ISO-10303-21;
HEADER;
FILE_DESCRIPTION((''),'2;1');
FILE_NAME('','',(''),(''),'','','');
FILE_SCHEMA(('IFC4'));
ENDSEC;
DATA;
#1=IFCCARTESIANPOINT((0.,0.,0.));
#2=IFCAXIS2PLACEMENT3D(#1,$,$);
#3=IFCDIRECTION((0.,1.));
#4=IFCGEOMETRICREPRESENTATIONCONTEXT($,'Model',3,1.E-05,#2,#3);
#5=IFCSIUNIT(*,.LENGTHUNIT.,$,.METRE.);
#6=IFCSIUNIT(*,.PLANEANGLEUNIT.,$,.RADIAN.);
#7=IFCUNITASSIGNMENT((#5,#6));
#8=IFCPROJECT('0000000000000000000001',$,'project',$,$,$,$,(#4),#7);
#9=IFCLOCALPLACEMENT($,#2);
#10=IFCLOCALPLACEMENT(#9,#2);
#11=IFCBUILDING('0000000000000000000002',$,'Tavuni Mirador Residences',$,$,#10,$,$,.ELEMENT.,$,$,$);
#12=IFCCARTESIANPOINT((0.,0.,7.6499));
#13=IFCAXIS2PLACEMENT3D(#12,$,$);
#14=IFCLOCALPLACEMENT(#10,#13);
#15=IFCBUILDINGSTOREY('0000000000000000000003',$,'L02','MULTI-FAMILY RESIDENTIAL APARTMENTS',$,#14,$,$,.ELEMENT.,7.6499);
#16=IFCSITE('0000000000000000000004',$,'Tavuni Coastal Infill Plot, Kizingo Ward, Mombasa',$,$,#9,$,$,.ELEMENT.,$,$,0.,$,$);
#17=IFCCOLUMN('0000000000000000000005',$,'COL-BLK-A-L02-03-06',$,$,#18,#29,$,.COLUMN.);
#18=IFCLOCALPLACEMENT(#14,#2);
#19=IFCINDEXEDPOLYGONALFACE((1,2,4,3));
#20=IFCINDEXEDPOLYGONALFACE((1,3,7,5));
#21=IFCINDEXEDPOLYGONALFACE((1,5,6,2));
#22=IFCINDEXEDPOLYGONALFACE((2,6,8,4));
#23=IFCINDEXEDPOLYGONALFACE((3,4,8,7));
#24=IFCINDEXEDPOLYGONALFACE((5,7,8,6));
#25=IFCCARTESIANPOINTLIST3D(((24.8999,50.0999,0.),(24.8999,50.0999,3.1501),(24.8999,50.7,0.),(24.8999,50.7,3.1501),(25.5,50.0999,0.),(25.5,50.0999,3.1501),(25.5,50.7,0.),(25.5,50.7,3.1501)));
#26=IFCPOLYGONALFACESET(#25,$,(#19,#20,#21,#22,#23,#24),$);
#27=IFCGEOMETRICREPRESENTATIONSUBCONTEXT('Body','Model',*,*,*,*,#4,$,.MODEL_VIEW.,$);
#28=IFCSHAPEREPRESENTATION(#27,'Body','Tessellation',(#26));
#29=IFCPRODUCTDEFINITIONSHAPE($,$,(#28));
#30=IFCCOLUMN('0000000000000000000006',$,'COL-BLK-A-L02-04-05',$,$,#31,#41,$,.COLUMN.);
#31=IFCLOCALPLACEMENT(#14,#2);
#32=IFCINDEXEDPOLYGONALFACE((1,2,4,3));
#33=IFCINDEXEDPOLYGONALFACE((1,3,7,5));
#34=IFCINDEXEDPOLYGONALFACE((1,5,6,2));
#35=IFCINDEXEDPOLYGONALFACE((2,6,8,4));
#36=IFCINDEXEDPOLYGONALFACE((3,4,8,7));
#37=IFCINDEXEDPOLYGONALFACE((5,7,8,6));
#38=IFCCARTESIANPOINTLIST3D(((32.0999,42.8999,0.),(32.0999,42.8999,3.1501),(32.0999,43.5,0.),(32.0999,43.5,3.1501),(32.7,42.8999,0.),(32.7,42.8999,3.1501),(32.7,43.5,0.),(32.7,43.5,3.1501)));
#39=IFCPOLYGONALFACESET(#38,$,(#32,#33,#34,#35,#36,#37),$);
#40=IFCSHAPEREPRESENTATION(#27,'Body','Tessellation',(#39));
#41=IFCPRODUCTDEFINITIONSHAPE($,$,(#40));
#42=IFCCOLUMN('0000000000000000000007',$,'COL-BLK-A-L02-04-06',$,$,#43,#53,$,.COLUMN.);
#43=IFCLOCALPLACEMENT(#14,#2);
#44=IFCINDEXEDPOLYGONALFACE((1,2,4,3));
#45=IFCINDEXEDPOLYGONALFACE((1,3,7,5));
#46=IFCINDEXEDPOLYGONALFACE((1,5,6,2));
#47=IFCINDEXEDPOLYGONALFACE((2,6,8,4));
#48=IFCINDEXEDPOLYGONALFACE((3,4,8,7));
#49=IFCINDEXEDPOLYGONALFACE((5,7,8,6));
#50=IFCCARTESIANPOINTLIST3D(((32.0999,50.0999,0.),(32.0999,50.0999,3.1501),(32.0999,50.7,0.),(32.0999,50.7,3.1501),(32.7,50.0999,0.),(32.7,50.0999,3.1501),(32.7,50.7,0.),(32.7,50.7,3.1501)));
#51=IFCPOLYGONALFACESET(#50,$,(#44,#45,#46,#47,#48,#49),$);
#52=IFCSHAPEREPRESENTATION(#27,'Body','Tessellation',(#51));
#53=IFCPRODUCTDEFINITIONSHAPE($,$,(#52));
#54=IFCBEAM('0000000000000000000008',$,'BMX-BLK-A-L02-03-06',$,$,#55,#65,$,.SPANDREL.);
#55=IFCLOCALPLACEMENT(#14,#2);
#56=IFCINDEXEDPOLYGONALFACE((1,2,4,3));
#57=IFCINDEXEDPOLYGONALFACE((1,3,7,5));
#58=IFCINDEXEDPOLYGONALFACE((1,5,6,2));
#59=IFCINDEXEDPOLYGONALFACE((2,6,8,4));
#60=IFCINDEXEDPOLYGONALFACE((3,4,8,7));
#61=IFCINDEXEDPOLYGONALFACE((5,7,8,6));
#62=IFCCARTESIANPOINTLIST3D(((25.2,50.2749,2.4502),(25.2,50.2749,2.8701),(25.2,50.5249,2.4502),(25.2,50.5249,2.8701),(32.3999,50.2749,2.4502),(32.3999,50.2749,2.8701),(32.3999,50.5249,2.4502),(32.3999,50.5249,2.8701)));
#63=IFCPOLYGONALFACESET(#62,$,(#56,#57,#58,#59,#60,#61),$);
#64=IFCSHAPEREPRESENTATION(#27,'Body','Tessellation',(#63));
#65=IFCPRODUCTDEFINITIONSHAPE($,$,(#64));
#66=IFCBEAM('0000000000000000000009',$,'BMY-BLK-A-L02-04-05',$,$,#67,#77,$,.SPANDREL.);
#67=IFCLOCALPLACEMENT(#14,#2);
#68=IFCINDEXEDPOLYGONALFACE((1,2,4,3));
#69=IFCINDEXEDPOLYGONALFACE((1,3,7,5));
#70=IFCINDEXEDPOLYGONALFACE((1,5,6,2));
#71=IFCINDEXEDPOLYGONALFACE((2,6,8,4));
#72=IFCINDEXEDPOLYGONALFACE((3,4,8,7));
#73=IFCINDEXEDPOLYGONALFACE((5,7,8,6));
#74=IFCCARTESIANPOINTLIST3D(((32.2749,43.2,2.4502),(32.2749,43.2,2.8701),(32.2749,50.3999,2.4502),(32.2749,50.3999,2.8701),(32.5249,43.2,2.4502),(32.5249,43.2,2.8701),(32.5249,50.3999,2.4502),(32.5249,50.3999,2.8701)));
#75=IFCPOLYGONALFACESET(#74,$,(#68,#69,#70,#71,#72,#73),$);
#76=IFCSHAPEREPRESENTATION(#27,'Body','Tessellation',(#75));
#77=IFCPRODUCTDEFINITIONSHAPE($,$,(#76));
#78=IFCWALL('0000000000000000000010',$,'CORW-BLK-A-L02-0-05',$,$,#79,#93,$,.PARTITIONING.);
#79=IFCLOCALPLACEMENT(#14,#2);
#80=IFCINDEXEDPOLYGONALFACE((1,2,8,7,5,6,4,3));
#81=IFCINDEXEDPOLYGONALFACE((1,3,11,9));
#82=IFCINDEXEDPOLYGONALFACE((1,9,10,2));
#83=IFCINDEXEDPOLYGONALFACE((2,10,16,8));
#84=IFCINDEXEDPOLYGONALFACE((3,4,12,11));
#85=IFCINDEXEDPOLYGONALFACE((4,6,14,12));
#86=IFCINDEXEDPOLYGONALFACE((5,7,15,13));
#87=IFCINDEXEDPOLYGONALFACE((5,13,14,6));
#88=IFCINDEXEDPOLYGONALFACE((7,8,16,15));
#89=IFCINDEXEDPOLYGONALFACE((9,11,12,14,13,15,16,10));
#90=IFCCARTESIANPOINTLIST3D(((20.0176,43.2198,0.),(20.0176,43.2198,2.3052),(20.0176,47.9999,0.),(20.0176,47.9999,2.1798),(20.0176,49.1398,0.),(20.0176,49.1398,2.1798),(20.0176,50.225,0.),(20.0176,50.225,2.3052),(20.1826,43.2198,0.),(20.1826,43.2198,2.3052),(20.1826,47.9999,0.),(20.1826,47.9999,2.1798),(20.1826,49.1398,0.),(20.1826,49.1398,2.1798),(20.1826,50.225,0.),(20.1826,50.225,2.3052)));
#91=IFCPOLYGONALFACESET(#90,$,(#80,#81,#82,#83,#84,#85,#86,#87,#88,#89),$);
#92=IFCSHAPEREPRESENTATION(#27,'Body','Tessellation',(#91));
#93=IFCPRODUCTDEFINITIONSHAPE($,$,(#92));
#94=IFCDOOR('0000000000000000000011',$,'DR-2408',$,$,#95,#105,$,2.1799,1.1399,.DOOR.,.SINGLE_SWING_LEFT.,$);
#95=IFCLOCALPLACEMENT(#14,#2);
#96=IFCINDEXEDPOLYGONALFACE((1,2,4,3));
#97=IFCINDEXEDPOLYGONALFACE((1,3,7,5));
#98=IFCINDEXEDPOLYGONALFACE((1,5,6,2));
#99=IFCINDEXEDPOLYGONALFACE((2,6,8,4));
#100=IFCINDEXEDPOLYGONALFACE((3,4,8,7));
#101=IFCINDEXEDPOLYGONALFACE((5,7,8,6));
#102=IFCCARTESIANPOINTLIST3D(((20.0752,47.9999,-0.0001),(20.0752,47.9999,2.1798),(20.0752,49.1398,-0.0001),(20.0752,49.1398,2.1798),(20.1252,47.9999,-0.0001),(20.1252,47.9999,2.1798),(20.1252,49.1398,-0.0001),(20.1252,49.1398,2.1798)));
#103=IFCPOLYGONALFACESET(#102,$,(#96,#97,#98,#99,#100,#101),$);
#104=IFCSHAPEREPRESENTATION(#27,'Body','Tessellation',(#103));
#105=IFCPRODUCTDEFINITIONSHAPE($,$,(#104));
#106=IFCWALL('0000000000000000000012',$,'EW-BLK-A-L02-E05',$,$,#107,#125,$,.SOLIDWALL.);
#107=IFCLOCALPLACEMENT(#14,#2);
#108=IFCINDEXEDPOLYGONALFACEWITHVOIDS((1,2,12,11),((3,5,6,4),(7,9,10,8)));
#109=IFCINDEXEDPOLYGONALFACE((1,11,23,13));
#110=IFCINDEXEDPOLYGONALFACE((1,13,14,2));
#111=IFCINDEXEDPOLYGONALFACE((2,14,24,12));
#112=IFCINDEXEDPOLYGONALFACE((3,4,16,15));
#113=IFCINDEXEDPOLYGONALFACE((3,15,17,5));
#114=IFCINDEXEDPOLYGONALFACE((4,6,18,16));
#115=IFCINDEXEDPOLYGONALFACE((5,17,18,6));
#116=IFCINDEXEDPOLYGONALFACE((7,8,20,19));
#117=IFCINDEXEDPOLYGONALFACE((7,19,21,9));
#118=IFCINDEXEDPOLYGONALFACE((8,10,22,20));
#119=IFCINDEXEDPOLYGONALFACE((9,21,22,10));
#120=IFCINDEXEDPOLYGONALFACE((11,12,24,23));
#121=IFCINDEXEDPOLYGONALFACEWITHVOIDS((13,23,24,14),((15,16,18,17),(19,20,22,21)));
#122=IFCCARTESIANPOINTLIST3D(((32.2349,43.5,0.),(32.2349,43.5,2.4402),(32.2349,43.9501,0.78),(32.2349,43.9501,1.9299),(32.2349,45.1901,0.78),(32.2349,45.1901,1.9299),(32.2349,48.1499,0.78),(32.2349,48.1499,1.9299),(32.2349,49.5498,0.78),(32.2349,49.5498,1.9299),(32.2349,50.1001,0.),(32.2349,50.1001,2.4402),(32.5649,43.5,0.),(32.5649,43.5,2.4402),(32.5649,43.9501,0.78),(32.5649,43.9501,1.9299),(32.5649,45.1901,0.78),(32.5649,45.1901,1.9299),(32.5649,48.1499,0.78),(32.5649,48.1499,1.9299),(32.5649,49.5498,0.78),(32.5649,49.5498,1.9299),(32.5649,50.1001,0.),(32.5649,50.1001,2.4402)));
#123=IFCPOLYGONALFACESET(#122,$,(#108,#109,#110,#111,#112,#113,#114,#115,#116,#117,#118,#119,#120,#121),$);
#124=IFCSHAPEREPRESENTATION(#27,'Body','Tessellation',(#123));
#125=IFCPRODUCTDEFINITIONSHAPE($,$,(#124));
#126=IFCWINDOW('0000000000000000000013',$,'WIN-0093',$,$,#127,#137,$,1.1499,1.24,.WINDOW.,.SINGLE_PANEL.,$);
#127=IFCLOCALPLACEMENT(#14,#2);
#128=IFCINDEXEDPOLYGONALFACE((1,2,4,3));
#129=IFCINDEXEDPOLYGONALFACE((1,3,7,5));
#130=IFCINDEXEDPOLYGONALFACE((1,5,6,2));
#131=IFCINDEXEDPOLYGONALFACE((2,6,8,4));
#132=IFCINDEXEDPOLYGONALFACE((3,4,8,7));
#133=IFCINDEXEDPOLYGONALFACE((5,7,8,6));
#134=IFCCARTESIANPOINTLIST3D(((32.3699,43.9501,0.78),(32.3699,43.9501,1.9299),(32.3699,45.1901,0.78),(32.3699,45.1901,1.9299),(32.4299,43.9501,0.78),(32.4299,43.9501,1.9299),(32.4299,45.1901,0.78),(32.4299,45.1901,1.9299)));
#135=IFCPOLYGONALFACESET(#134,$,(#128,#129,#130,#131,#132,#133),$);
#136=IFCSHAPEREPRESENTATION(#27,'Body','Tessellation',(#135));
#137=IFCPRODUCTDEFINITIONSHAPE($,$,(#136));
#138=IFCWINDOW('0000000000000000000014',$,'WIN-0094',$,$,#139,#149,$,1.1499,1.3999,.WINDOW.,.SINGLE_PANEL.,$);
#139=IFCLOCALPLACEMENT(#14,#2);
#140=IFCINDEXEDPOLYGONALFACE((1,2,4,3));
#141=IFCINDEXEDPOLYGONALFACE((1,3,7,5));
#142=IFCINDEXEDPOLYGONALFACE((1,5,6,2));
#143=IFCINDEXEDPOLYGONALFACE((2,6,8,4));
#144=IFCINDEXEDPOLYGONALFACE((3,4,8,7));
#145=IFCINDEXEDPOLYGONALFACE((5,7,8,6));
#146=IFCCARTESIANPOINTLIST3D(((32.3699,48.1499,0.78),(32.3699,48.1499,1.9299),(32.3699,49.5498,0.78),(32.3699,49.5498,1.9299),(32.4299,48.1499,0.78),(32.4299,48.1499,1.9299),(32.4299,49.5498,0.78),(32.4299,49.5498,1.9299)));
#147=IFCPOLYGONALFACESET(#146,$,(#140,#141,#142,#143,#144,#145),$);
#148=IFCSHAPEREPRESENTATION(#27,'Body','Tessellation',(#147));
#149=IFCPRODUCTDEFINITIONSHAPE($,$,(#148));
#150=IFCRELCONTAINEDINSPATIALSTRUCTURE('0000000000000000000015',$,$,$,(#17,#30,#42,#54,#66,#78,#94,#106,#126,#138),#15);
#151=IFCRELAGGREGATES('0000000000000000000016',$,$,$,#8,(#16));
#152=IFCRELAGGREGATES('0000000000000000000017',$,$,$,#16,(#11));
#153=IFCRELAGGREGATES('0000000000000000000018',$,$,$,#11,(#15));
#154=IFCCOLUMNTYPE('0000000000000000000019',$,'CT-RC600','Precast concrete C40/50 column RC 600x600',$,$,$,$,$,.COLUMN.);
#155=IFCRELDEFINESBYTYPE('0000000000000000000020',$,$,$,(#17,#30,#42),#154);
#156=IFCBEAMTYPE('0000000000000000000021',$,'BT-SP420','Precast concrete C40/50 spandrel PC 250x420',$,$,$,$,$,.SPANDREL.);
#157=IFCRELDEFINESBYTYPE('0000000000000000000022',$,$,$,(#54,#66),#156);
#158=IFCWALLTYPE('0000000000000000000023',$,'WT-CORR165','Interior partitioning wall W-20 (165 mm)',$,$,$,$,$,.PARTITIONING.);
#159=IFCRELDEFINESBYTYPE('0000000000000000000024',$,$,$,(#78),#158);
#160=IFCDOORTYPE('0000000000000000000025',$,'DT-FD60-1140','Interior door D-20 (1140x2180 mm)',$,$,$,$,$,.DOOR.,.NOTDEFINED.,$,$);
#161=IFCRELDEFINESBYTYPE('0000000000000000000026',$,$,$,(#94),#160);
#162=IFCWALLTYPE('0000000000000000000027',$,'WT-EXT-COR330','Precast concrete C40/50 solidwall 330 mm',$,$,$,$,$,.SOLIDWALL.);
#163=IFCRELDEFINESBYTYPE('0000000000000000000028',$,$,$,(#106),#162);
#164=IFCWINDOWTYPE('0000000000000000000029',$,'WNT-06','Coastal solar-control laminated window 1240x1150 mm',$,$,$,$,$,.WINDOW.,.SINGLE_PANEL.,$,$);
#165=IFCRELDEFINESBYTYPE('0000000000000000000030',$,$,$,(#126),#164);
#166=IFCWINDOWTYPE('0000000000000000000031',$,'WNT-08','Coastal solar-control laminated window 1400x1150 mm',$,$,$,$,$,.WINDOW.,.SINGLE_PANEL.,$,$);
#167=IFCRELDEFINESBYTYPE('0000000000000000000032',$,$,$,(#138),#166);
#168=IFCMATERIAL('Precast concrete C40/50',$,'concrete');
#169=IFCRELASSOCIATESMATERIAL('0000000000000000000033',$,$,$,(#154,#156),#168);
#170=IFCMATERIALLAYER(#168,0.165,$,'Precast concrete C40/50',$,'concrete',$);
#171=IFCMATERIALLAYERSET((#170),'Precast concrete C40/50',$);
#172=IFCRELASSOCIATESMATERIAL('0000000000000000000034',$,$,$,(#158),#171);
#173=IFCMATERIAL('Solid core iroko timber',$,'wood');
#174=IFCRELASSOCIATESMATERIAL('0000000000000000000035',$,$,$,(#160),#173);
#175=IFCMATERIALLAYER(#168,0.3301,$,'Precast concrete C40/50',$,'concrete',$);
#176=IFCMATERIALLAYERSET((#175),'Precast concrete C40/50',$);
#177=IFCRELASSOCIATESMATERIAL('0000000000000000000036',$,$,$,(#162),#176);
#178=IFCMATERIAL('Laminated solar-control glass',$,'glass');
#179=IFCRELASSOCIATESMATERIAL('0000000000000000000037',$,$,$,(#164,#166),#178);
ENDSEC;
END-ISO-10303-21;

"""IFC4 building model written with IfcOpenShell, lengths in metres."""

from ifc_helpers import new_model, si_unit, direction, frame, frame_2d, origin, origin_2d, place, context, subcontext, project, spatial, rectangle, extrude, material, layer, layer_set, material_profile, profile_set, type_object, element, fill, save


model = new_model("IFC4")

# Units and contexts
model_context = context("Model", 3, precision=1e-05, world=origin(), true_north=direction((0.0, 1.0)))
body_context = subcontext(model_context, "Body", "Model", "MODEL_VIEW")
ifc_project = project(units=[si_unit("LENGTHUNIT", "METRE"), si_unit("PLANEANGLEUNIT", "RADIAN")], contexts=[model_context])

# Site, building, storey
site_placement = place(None, origin())
site = spatial("IfcSite", under=ifc_project, at=site_placement, Name="Tavuni Coastal Infill Plot, Kizingo Ward, Mombasa", CompositionType="ELEMENT", RefElevation=0.0)
building_placement = place(site_placement, origin())
building = spatial("IfcBuilding", under=site, at=building_placement, Name="Tavuni Mirador Residences", CompositionType="ELEMENT")
storey_placement = place(building_placement, frame((0.0, 0.0, 7.6499)))
storey = spatial("IfcBuildingStorey", under=building, at=storey_placement, Name="L02", Description="MULTI-FAMILY RESIDENTIAL APARTMENTS", CompositionType="ELEMENT", Elevation=7.6499)

# Columns
ifc_material_1 = material(Name="Precast concrete C40/50", Category="concrete")
ifc_material_profile_1 = material_profile(ifc_material_1, rectangle(XDim=0.6001, YDim=0.6001, at=origin_2d()), Name="RC 600x600", Category="concrete")
ifc_profile_set_1 = profile_set([ifc_material_profile_1], Name="Precast concrete C40/50")
column_type = type_object("IfcColumnType", Name="CT-RC600", Description="Precast concrete C40/50 column RC 600x600", PredefinedType="COLUMN", material=ifc_profile_set_1)
for number, where, z_axis, x_axis, name in (
    (1, (25.2, 50.3999, 0.0), (0.0, 0.0, 1.0), (1.0, 0.0, 0.0), "COL-BLK-A-L02-03-06"),
    (2, (32.3999, 43.2, 0.0), (0.0, 0.0, 1.0), (1.0, 0.0, 0.0), "COL-BLK-A-L02-04-05"),
    (3, (32.3999, 50.3999, 0.0), (0.0, 0.0, 1.0), (1.0, 0.0, 0.0), "COL-BLK-A-L02-04-06"),
):
    element("IfcColumn", number, at=place(storey_placement, frame(where, z_axis=z_axis, x_axis=x_axis)), inside=storey, type_object=column_type, Name=name, PredefinedType="COLUMN", context=body_context, shape_type="SweptSolid", body=[
        extrude(rectangle(XDim=0.6001, YDim=0.6001, at=origin_2d()), origin(), (0.0, 0.0, 1.0), 3.1501),
    ])

# Beams
ifc_material_profile_2 = material_profile(ifc_material_1, rectangle(XDim=0.25, YDim=0.4199, at=origin_2d()), Name="PC 250x420", Category="concrete")
ifc_profile_set_2 = profile_set([ifc_material_profile_2], Name="Precast concrete C40/50")
beam_type = type_object("IfcBeamType", Name="BT-SP420", Description="Precast concrete C40/50 spandrel PC 250x420", PredefinedType="SPANDREL", material=ifc_profile_set_2)
for number, where, z_axis, x_axis, name in (
    (4, (25.2, 50.3999, 2.6602), (1.0, 0.0, 0.0), (0.0, 1.0, 0.0), "BMX-BLK-A-L02-03-06"),
    (5, (32.3999, 43.2, 2.6602), (0.0, 1.0, 0.0), (-1.0, 0.0, 0.0), "BMY-BLK-A-L02-04-05"),
):
    element("IfcBeam", number, at=place(storey_placement, frame(where, z_axis=z_axis, x_axis=x_axis)), inside=storey, type_object=beam_type, Name=name, PredefinedType="SPANDREL", context=body_context, shape_type="SweptSolid", body=[
        extrude(rectangle(XDim=0.25, YDim=0.4199, at=origin_2d()), origin(), (0.0, 0.0, 1.0), 7.2),
    ])

# Wall, opening, door
ifc_layer_1 = layer(ifc_material_1, 0.165, Name="Precast concrete C40/50", Category="concrete")
ifc_layer_set_1 = layer_set([ifc_layer_1], Name="Precast concrete C40/50")
wall_type_1 = type_object("IfcWallType", Name="WT-CORR165", Description="Interior partitioning wall W-20 (165 mm)", PredefinedType="PARTITIONING", material=ifc_layer_set_1)
wall_1_placement = place(storey_placement, frame((20.1001, 43.22, 0.0), z_axis=(0.0, 0.0, 1.0), x_axis=(0.0, 1.0, 0.0)))
wall_1 = element("IfcWall", 6, at=wall_1_placement, inside=storey, type_object=wall_type_1, Name="CORW-BLK-A-L02-0-05", PredefinedType="PARTITIONING", context=body_context, shape_type="SweptSolid", body=[
    extrude(rectangle(XDim=7.0051, YDim=0.165, at=frame_2d((3.5024, 0.0))), origin(), (0.0, 0.0, 1.0), 2.3052),
])
opening_1_placement = place(wall_1_placement, frame((4.78, 0.0, 0.0)))
opening_1 = element("IfcOpeningElement", 7, at=opening_1_placement, cuts=wall_1, PredefinedType="OPENING", context=body_context, shape_type="SweptSolid", body=[
    extrude(rectangle(XDim=1.1399, YDim=2.1799, at=frame_2d((0.5698, 1.0898))), frame((0.0, 0.0925, 0.0), z_axis=(0.0, -1.0, 0.0), x_axis=(1.0, 0.0, 0.0)), (0.0, 0.0, 1.0), 0.1851),
])
ifc_material_2 = material(Name="Solid core iroko timber", Category="wood")
door_type_1 = type_object("IfcDoorType", Name="DT-FD60-1140", Description="Interior door D-20 (1140x2180 mm)", OperationType="NOTDEFINED", PredefinedType="DOOR", material=ifc_material_2)
door_1_placement = place(opening_1_placement, origin())
door_1 = element("IfcDoor", 8, at=door_1_placement, inside=storey, type_object=door_type_1, Name="DR-2408", OperationType="SINGLE_SWING_LEFT", OverallHeight=2.1799, OverallWidth=1.1399, PredefinedType="DOOR", context=body_context, shape_type="SweptSolid", body=[
    extrude(rectangle(XDim=1.1399, YDim=2.1799, at=frame_2d((0.5698, 1.0898))), frame((0.0, 0.0249, 0.0), z_axis=(0.0, -1.0, 0.0), x_axis=(1.0, 0.0, 0.0)), (0.0, 0.0, 1.0), 0.05),
])
fill(opening_1, door_1)

# Wall, openings, windows
ifc_layer_2 = layer(ifc_material_1, 0.3301, Name="Precast concrete C40/50", Category="concrete")
ifc_layer_set_2 = layer_set([ifc_layer_2], Name="Precast concrete C40/50")
wall_type_2 = type_object("IfcWallType", Name="WT-EXT-COR330", Description="Precast concrete C40/50 solidwall 330 mm", PredefinedType="SOLIDWALL", material=ifc_layer_set_2)
wall_2_placement = place(storey_placement, frame((32.3999, 43.5, 0.0), z_axis=(0.0, 0.0, 1.0), x_axis=(0.0, 1.0, 0.0)))
wall_2 = element("IfcWall", 9, at=wall_2_placement, inside=storey, type_object=wall_type_2, Name="EW-BLK-A-L02-E05", PredefinedType="SOLIDWALL", context=body_context, shape_type="SweptSolid", body=[
    extrude(rectangle(XDim=6.6001, YDim=0.3301, at=frame_2d((3.3, 0.0))), origin(), (0.0, 0.0, 1.0), 2.4402),
])
opening_2_placement = place(wall_2_placement, frame((0.45, 0.0, 0.78)))
opening_2 = element("IfcOpeningElement", 10, at=opening_2_placement, cuts=wall_2, PredefinedType="OPENING", context=body_context, shape_type="SweptSolid", body=[
    extrude(rectangle(XDim=1.24, YDim=1.1499, at=frame_2d((0.6201, 0.575))), frame((0.0, 0.175, 0.0), z_axis=(0.0, -1.0, 0.0), x_axis=(1.0, 0.0, 0.0)), (0.0, 0.0, 1.0), 0.3501),
])
opening_3_placement = place(wall_2_placement, frame((4.6499, 0.0, 0.78)))
opening_3 = element("IfcOpeningElement", 11, at=opening_3_placement, cuts=wall_2, PredefinedType="OPENING", context=body_context, shape_type="SweptSolid", body=[
    extrude(rectangle(XDim=1.3999, YDim=1.1499, at=frame_2d((0.7, 0.575))), frame((0.0, 0.175, 0.0), z_axis=(0.0, -1.0, 0.0), x_axis=(1.0, 0.0, 0.0)), (0.0, 0.0, 1.0), 0.3501),
])
ifc_material_3 = material(Name="Laminated solar-control glass", Category="glass")
window_type_1 = type_object("IfcWindowType", Name="WNT-06", Description="Coastal solar-control laminated window 1240x1150 mm", PartitioningType="SINGLE_PANEL", PredefinedType="WINDOW", material=ifc_material_3)
window_1_placement = place(opening_2_placement, origin())
window_1 = element("IfcWindow", 12, at=window_1_placement, inside=storey, type_object=window_type_1, Name="WIN-0093", OverallHeight=1.1499, OverallWidth=1.24, PartitioningType="SINGLE_PANEL", PredefinedType="WINDOW", context=body_context, shape_type="SweptSolid", body=[
    extrude(rectangle(XDim=1.24, YDim=1.1499, at=frame_2d((0.6201, 0.575))), frame((0.0, 0.03, 0.0), z_axis=(0.0, -1.0, 0.0), x_axis=(1.0, 0.0, 0.0)), (0.0, 0.0, 1.0), 0.0601),
])
fill(opening_2, window_1)
window_type_2 = type_object("IfcWindowType", Name="WNT-08", Description="Coastal solar-control laminated window 1400x1150 mm", PartitioningType="SINGLE_PANEL", PredefinedType="WINDOW", material=ifc_material_3)
window_2_placement = place(opening_3_placement, origin())
window_2 = element("IfcWindow", 13, at=window_2_placement, inside=storey, type_object=window_type_2, Name="WIN-0094", OverallHeight=1.1499, OverallWidth=1.3999, PartitioningType="SINGLE_PANEL", PredefinedType="WINDOW", context=body_context, shape_type="SweptSolid", body=[
    extrude(rectangle(XDim=1.3999, YDim=1.1499, at=frame_2d((0.7, 0.575))), frame((0.0, 0.03, 0.0), z_axis=(0.0, -1.0, 0.0), x_axis=(1.0, 0.0, 0.0)), (0.0, 0.0, 1.0), 0.0601),
])
fill(opening_3, window_2)

save(model, "model.ifc")
